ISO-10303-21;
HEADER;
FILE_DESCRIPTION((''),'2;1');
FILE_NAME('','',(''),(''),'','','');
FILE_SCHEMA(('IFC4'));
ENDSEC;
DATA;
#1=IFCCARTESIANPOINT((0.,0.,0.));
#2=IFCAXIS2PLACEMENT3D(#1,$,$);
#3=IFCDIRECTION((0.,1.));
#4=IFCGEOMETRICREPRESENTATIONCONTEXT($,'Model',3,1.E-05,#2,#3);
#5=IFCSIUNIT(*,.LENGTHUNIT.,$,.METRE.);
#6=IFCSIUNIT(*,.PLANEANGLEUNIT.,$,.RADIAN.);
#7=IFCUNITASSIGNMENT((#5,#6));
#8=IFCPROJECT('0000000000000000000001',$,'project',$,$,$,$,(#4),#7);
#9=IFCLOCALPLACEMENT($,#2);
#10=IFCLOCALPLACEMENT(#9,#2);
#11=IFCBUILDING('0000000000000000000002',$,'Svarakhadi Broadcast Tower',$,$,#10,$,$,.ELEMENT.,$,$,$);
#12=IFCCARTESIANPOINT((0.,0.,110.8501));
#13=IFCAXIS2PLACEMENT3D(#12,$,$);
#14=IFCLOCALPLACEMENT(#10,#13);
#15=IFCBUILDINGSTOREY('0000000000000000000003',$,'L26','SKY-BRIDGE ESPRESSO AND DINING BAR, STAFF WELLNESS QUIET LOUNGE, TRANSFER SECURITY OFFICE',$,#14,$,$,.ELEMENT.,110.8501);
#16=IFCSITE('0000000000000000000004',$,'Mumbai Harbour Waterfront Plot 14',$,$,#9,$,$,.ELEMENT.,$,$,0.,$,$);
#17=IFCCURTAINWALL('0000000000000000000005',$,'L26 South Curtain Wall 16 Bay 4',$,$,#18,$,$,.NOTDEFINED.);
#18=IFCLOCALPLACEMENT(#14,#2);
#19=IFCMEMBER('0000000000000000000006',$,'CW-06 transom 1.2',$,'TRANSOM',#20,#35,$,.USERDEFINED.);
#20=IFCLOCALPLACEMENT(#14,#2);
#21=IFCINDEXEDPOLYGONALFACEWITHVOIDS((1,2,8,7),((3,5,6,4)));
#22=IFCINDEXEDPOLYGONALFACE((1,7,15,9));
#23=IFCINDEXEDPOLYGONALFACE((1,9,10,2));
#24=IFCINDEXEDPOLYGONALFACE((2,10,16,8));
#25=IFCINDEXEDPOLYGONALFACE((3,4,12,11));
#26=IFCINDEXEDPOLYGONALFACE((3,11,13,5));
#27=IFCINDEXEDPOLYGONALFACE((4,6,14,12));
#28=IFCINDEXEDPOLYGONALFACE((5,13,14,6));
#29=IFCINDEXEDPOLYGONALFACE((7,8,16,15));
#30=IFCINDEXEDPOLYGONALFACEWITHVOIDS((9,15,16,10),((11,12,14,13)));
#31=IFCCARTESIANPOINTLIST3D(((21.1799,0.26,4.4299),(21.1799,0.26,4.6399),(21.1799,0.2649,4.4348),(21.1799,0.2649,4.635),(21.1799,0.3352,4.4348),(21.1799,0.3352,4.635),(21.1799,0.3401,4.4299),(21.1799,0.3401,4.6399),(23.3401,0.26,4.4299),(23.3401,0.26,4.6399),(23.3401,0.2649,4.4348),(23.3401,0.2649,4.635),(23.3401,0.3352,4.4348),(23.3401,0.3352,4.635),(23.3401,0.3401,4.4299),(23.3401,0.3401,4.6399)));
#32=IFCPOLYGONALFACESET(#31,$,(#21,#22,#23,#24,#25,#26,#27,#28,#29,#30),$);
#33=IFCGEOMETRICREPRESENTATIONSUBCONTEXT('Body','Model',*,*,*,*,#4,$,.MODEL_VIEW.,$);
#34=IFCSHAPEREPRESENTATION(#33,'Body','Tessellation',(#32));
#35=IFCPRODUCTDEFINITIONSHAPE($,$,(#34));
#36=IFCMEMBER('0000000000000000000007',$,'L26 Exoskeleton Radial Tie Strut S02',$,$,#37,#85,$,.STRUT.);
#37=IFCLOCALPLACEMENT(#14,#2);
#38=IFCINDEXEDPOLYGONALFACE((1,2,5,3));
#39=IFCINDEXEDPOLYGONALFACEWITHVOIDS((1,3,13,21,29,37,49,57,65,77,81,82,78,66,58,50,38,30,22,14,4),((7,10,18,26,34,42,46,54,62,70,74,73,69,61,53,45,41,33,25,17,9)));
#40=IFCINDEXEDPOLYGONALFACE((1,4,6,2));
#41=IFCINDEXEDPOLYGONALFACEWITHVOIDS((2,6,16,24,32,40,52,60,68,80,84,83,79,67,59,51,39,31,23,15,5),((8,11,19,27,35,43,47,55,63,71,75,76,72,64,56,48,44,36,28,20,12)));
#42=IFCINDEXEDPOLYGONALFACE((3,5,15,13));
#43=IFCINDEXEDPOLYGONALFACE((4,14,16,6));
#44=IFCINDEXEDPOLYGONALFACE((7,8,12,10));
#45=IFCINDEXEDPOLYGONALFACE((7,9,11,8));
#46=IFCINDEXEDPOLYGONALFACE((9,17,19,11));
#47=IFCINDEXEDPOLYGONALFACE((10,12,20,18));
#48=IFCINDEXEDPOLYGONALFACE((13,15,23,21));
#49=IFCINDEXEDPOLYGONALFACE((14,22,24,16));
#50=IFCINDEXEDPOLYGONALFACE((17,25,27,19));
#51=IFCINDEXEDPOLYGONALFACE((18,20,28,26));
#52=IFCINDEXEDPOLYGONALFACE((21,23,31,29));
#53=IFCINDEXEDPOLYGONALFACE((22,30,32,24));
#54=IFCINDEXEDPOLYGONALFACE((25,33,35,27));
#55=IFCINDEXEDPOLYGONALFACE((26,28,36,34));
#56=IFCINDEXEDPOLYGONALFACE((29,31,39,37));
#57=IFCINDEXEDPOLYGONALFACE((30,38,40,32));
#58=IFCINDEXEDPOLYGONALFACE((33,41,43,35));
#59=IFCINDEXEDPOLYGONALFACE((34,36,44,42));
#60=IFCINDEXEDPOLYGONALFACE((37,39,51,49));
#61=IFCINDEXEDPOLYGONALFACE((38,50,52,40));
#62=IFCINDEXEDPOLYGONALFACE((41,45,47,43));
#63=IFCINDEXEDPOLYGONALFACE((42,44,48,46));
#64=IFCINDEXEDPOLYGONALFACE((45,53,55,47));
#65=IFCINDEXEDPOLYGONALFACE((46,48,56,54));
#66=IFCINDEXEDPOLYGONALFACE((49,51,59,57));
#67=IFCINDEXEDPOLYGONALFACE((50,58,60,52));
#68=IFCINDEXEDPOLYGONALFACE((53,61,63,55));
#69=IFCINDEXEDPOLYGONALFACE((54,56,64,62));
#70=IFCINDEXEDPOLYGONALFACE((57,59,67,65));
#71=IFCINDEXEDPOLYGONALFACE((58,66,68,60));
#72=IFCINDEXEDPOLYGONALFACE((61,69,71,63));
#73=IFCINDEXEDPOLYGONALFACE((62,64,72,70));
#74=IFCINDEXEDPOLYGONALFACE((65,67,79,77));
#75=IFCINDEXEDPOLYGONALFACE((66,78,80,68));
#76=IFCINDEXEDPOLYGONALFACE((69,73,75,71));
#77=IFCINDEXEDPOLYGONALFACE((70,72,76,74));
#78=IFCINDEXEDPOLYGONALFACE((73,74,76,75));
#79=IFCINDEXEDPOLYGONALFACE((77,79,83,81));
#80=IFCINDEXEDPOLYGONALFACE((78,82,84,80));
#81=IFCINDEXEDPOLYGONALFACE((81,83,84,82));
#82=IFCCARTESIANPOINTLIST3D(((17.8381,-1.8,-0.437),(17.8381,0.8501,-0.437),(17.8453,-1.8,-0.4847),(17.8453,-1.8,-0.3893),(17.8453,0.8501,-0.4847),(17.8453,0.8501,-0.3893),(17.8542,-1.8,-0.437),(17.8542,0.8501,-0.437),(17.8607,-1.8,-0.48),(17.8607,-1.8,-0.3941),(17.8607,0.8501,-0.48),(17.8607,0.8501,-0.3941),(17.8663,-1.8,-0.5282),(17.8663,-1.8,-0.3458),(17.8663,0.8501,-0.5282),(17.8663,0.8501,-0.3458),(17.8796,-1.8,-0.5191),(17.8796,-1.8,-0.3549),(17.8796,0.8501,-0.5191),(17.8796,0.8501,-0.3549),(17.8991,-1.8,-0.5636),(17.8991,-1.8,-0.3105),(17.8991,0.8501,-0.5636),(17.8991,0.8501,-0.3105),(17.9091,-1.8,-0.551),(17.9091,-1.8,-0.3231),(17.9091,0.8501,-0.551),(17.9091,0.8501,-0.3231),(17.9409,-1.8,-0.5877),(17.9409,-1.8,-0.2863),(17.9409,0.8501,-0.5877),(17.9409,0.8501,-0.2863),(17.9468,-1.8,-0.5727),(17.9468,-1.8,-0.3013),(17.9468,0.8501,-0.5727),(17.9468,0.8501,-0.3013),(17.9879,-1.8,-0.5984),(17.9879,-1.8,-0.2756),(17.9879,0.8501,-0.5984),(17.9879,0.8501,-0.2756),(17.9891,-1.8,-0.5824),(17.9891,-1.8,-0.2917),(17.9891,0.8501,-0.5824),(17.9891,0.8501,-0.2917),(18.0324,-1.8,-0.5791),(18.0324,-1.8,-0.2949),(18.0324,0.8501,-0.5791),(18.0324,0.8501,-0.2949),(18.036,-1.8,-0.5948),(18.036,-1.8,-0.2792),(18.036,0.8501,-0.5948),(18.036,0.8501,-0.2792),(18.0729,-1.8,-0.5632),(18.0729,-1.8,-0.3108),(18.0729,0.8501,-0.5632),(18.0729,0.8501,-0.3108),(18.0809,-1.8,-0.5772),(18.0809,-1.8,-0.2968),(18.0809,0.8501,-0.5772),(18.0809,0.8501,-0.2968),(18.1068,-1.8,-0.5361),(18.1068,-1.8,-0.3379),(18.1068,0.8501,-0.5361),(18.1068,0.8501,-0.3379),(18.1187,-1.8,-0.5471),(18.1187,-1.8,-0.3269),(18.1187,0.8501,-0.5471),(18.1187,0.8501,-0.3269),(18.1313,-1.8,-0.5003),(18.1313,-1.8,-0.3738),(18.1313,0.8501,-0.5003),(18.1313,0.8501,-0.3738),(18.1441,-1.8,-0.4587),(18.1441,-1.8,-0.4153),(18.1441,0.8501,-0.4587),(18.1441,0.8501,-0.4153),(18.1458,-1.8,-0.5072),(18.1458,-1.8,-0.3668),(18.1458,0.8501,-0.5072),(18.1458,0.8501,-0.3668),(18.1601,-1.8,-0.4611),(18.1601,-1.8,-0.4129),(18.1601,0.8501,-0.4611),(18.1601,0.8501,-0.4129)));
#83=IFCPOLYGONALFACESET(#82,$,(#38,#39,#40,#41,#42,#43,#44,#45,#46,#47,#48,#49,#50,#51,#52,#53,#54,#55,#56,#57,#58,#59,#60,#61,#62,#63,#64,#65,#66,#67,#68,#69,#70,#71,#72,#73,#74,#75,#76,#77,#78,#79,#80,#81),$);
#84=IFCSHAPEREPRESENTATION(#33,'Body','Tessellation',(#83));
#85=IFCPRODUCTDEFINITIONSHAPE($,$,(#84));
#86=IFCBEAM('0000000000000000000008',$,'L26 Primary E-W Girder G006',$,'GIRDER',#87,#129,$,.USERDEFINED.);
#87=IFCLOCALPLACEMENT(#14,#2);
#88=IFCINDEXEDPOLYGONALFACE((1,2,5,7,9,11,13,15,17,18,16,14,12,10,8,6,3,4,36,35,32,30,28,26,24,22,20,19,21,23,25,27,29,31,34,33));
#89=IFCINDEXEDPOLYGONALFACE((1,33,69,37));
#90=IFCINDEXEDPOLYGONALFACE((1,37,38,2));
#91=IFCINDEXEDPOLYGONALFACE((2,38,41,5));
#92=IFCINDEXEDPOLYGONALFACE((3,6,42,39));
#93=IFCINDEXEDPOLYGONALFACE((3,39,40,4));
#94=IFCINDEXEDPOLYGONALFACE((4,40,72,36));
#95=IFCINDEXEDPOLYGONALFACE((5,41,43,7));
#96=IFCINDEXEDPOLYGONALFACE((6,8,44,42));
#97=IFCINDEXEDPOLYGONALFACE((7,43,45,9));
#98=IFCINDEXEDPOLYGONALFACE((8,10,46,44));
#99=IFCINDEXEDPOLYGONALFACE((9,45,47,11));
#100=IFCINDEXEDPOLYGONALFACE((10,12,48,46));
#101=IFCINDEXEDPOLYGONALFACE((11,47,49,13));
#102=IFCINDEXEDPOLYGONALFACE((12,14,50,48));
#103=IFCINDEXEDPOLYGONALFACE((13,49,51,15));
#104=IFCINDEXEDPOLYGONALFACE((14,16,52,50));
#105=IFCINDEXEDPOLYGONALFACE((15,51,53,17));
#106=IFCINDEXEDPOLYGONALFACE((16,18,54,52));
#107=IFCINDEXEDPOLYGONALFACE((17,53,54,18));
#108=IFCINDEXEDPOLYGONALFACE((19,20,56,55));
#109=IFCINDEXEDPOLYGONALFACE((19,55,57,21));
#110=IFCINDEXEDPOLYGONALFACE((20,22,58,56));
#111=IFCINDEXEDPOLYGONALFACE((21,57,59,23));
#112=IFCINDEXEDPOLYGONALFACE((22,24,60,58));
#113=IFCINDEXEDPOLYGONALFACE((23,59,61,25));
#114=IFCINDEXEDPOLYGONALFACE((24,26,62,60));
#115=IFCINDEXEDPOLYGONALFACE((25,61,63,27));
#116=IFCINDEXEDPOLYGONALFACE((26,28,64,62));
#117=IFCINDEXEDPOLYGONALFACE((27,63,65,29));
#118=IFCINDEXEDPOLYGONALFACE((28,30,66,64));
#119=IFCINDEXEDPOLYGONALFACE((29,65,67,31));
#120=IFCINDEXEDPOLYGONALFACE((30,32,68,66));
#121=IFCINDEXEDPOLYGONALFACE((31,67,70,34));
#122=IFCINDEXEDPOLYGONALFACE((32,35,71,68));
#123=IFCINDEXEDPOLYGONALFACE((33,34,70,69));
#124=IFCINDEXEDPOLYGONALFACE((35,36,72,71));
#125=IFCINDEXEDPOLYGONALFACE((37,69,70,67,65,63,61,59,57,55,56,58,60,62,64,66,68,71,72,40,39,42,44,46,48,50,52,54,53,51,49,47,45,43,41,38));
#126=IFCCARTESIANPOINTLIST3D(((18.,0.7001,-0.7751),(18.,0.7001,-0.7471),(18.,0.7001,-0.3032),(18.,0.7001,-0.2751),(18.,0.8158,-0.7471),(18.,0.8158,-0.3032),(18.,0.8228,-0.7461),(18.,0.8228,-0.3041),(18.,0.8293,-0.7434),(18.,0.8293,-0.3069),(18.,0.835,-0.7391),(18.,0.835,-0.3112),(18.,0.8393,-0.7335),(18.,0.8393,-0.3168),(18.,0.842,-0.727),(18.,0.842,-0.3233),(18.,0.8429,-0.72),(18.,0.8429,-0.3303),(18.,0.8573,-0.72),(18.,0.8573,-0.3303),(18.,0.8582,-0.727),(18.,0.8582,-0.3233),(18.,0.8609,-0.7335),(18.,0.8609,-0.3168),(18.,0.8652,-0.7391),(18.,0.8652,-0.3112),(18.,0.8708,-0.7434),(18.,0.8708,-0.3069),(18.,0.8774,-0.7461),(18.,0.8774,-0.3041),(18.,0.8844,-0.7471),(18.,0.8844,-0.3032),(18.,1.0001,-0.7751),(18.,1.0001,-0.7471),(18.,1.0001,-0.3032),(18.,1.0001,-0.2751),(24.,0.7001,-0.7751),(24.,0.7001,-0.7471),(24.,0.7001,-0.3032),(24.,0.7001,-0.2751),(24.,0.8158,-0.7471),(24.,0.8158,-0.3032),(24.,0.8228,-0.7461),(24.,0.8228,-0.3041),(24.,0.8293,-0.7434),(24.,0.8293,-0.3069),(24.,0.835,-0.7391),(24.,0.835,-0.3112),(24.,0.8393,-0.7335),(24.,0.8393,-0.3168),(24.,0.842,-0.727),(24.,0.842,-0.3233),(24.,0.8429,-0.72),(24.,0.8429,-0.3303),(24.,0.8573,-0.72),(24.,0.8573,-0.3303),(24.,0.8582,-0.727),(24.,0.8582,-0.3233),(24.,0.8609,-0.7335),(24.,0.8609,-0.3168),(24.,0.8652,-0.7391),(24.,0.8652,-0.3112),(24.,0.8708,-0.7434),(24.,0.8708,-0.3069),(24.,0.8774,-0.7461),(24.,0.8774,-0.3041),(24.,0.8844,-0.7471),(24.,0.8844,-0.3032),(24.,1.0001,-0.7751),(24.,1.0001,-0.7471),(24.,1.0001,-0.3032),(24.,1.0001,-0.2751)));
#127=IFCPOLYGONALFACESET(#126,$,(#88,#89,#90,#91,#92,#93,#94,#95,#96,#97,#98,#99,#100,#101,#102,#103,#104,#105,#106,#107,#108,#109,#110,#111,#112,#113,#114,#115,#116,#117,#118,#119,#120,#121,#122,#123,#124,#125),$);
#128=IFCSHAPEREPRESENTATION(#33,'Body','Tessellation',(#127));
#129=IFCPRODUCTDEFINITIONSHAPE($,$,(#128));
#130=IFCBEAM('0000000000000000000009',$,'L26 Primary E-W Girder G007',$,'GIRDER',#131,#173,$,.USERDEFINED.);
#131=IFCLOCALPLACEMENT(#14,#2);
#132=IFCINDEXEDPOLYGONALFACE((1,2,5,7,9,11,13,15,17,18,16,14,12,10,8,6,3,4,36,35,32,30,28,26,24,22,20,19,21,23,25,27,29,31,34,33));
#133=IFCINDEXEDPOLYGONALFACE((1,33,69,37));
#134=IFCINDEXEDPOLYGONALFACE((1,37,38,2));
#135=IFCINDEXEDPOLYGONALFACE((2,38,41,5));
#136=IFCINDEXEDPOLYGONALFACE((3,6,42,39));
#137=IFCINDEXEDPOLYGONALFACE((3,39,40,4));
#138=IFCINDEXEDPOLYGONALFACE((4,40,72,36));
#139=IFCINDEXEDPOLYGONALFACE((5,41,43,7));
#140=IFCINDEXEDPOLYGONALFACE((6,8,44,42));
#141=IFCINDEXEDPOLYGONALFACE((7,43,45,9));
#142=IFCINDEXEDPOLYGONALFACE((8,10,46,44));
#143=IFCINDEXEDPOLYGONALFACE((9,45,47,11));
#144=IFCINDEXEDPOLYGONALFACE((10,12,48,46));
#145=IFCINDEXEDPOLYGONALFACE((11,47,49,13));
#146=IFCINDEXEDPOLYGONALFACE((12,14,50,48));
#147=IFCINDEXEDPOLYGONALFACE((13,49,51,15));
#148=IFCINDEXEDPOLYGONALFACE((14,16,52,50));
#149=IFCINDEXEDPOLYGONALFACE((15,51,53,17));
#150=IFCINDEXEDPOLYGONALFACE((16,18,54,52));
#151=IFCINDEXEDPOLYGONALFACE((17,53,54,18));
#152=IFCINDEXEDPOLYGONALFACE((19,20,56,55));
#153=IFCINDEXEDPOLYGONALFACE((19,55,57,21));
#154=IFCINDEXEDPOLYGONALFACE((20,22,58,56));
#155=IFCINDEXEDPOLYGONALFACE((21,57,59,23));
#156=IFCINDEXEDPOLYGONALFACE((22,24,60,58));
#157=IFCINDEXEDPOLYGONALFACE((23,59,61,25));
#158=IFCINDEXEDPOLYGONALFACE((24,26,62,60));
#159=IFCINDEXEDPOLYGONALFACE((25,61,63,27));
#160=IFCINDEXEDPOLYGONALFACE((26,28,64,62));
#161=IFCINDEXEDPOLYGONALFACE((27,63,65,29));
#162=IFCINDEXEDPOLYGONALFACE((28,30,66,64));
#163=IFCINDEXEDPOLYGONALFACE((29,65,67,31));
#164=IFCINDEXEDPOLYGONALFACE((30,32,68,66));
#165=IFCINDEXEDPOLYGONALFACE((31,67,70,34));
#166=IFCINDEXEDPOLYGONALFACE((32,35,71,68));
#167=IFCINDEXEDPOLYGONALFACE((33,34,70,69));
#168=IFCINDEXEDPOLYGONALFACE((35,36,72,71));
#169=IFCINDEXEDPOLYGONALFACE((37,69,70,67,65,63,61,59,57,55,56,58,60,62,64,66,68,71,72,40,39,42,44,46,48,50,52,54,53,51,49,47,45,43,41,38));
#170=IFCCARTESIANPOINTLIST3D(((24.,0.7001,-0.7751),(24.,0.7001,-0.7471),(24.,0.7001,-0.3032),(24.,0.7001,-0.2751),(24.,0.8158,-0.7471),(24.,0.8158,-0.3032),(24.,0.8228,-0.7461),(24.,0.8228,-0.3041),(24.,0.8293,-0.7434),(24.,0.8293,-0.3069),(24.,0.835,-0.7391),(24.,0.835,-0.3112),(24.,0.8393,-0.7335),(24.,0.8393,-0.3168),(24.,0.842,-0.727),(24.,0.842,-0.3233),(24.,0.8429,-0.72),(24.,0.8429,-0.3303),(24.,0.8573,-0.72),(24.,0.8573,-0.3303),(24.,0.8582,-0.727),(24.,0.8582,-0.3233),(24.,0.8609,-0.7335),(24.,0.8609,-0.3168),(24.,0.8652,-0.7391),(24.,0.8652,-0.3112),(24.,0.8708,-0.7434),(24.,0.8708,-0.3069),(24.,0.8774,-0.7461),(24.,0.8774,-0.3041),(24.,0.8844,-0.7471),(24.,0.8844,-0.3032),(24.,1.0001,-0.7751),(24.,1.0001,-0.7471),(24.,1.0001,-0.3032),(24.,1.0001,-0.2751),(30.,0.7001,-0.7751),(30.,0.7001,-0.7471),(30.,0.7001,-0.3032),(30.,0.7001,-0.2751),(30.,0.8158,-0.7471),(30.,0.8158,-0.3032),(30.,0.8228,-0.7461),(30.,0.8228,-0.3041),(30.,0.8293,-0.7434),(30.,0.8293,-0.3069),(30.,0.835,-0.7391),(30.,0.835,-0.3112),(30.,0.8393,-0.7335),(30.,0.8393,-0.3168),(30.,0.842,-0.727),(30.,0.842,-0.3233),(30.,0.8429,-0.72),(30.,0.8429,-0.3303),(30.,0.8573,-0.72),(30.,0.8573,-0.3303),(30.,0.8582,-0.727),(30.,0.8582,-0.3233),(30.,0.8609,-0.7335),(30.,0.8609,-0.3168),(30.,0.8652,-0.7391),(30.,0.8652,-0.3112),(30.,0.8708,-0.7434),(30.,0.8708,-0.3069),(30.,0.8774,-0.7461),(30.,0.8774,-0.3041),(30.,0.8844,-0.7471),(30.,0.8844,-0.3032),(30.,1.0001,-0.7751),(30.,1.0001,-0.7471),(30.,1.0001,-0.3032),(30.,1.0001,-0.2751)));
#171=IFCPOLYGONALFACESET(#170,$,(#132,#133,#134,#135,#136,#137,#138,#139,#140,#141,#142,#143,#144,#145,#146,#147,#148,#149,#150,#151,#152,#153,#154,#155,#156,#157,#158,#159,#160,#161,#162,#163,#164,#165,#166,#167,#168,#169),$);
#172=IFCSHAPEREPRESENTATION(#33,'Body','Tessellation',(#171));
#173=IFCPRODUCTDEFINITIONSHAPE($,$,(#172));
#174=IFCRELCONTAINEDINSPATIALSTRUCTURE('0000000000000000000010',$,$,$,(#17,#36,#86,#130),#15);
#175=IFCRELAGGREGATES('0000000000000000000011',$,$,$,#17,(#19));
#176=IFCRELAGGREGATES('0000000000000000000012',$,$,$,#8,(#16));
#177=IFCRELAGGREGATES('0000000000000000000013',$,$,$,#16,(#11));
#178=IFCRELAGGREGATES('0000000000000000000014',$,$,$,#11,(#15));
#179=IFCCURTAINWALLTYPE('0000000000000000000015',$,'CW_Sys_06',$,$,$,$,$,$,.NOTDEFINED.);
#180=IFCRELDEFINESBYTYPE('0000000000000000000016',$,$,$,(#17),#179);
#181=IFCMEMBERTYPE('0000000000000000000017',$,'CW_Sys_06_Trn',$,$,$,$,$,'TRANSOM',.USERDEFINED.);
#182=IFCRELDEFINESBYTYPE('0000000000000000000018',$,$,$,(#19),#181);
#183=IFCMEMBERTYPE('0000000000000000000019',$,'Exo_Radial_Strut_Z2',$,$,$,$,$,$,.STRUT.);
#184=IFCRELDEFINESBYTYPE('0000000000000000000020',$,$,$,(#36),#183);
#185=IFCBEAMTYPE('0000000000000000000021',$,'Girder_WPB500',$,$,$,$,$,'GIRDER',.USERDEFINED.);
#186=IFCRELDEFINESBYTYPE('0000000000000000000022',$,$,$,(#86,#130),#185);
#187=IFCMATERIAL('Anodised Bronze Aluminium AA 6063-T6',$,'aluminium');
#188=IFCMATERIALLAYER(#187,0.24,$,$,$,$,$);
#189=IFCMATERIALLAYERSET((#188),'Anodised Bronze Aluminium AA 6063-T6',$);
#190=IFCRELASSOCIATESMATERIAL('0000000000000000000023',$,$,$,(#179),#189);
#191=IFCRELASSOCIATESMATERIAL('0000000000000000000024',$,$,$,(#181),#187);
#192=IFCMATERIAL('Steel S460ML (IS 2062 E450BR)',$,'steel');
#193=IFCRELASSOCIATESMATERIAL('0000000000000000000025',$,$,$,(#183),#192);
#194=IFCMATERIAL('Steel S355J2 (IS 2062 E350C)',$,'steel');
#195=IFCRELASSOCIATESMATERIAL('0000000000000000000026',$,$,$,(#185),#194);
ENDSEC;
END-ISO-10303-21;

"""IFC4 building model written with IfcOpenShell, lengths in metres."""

from ifc_helpers import new_model, si_unit, direction, frame, origin, origin_2d, place, context, subcontext, project, spatial, hollow_rectangle, hollow_circle, i_section, extrude, material, layer, layer_set, material_profile, profile_set, type_object, element, aggregate, save


model = new_model("IFC4")

# Units and contexts
model_context = context("Model", 3, precision=1e-05, world=origin(), true_north=direction((0.0, 1.0)))
body_context = subcontext(model_context, "Body", "Model", "MODEL_VIEW")
ifc_project = project(units=[si_unit("LENGTHUNIT", "METRE"), si_unit("PLANEANGLEUNIT", "RADIAN")], contexts=[model_context])

# Site, building, storey
site_placement = place(None, origin())
site = spatial("IfcSite", under=ifc_project, at=site_placement, Name="Mumbai Harbour Waterfront Plot 14", CompositionType="ELEMENT", RefElevation=0.0)
building_placement = place(site_placement, origin())
building = spatial("IfcBuilding", under=site, at=building_placement, Name="Svarakhadi Broadcast Tower", CompositionType="ELEMENT")
storey_placement = place(building_placement, frame((0.0, 0.0, 110.8501)))
storey = spatial("IfcBuildingStorey", under=building, at=storey_placement, Name="L26", Description="SKY-BRIDGE ESPRESSO AND DINING BAR, STAFF WELLNESS QUIET LOUNGE, TRANSFER SECURITY OFFICE", CompositionType="ELEMENT", Elevation=110.8501)

# Shared definitions
ifc_material_1 = material(Name="Steel S355J2 (IS 2062 E350C)", Category="steel")

# Curtain wall, member
ifc_material_2 = material(Name="Anodised Bronze Aluminium AA 6063-T6", Category="aluminium")
ifc_layer_1 = layer(ifc_material_2, 0.24)
ifc_layer_set_1 = layer_set([ifc_layer_1], Name="Anodised Bronze Aluminium AA 6063-T6")
curtain_wall_type = type_object("IfcCurtainWallType", Name="CW_Sys_06", PredefinedType="NOTDEFINED", material=ifc_layer_set_1)
curtain_wall_placement = place(storey_placement, origin())
curtain_wall = element("IfcCurtainWall", 1, at=curtain_wall_placement, inside=storey, type_object=curtain_wall_type, Name="L26 South Curtain Wall 16 Bay 4", PredefinedType="NOTDEFINED")
ifc_material_profile_1 = material_profile(ifc_material_2, hollow_rectangle(XDim=0.0801, YDim=0.21, WallThickness=0.0049, at=origin_2d()), Name="ALU TRANSOM 210x80x5")
ifc_profile_set_1 = profile_set([ifc_material_profile_1], Name="Anodised Bronze Aluminium AA 6063-T6")
member_type_1 = type_object("IfcMemberType", Name="CW_Sys_06_Trn", ElementType="TRANSOM", PredefinedType="USERDEFINED", material=ifc_profile_set_1)
member_1_placement = place(storey_placement, frame((23.3401, 0.3, 4.5349), z_axis=(-1.0, 0.0, 0.0), x_axis=(0.0, -1.0, 0.0)))
member_1 = element("IfcMember", 2, at=member_1_placement, type_object=member_type_1, Name="CW-06 transom 1.2", ObjectType="TRANSOM", PredefinedType="USERDEFINED", context=body_context, shape_type="SweptSolid", body=[
    extrude(hollow_rectangle(XDim=0.0801, YDim=0.21, WallThickness=0.0049, at=origin_2d()), origin(), (0.0, 0.0, 1.0), 2.1602),
])

# Member
ifc_material_3 = material(Name="Steel S460ML (IS 2062 E450BR)", Category="steel")
ifc_material_profile_2 = material_profile(ifc_material_3, hollow_circle(Radius=0.1619, WallThickness=0.0161, at=origin_2d()), Name="CHS 323.9x16")
ifc_profile_set_2 = profile_set([ifc_material_profile_2], Name="Steel S460ML (IS 2062 E450BR)")
member_type_2 = type_object("IfcMemberType", Name="Exo_Radial_Strut_Z2", PredefinedType="STRUT", material=ifc_profile_set_2)
member_2_placement = place(storey_placement, frame((18.0, -1.8, -0.437), z_axis=(0.0, 1.0, 0.0), x_axis=(-1.0, 0.0, 0.0)))
element("IfcMember", 3, at=member_2_placement, inside=storey, type_object=member_type_2, Name="L26 Exoskeleton Radial Tie Strut S02", PredefinedType="STRUT", context=body_context, shape_type="SweptSolid", body=[
    extrude(hollow_circle(Radius=0.1619, WallThickness=0.0161, at=origin_2d()), origin(), (0.0, 0.0, 1.0), 2.6501),
])

# Beams
ifc_material_profile_3 = material_profile(ifc_material_1, i_section(OverallWidth=0.3, OverallDepth=0.5, WebThickness=0.0144, FlangeThickness=0.0281, FilletRadius=0.0271, at=origin_2d()), Name="WPB 500x300x187")
ifc_profile_set_3 = profile_set([ifc_material_profile_3], Name="Steel S355J2 (IS 2062 E350C)")
beam_type_1 = type_object("IfcBeamType", Name="Girder_WPB500", ElementType="GIRDER", PredefinedType="USERDEFINED", material=ifc_profile_set_3)
for number, where, z_axis, x_axis, name in (
    (4, (18.0, 0.8501, -0.5251), (1.0, 0.0, 0.0), (0.0, 1.0, 0.0), "L26 Primary E-W Girder G006"),
    (5, (24.0, 0.8501, -0.5251), (1.0, 0.0, 0.0), (0.0, 1.0, 0.0), "L26 Primary E-W Girder G007"),
):
    element("IfcBeam", number, at=place(storey_placement, frame(where, z_axis=z_axis, x_axis=x_axis)), inside=storey, type_object=beam_type_1, Name=name, ObjectType="GIRDER", PredefinedType="USERDEFINED", context=body_context, shape_type="SweptSolid", body=[
        extrude(i_section(OverallWidth=0.3, OverallDepth=0.5, WebThickness=0.0144, FlangeThickness=0.0281, FilletRadius=0.0271, at=origin_2d()), origin(), (0.0, 0.0, 1.0), 6.0),
    ])

aggregate(curtain_wall, [member_1])

save(model, "model.ifc")
